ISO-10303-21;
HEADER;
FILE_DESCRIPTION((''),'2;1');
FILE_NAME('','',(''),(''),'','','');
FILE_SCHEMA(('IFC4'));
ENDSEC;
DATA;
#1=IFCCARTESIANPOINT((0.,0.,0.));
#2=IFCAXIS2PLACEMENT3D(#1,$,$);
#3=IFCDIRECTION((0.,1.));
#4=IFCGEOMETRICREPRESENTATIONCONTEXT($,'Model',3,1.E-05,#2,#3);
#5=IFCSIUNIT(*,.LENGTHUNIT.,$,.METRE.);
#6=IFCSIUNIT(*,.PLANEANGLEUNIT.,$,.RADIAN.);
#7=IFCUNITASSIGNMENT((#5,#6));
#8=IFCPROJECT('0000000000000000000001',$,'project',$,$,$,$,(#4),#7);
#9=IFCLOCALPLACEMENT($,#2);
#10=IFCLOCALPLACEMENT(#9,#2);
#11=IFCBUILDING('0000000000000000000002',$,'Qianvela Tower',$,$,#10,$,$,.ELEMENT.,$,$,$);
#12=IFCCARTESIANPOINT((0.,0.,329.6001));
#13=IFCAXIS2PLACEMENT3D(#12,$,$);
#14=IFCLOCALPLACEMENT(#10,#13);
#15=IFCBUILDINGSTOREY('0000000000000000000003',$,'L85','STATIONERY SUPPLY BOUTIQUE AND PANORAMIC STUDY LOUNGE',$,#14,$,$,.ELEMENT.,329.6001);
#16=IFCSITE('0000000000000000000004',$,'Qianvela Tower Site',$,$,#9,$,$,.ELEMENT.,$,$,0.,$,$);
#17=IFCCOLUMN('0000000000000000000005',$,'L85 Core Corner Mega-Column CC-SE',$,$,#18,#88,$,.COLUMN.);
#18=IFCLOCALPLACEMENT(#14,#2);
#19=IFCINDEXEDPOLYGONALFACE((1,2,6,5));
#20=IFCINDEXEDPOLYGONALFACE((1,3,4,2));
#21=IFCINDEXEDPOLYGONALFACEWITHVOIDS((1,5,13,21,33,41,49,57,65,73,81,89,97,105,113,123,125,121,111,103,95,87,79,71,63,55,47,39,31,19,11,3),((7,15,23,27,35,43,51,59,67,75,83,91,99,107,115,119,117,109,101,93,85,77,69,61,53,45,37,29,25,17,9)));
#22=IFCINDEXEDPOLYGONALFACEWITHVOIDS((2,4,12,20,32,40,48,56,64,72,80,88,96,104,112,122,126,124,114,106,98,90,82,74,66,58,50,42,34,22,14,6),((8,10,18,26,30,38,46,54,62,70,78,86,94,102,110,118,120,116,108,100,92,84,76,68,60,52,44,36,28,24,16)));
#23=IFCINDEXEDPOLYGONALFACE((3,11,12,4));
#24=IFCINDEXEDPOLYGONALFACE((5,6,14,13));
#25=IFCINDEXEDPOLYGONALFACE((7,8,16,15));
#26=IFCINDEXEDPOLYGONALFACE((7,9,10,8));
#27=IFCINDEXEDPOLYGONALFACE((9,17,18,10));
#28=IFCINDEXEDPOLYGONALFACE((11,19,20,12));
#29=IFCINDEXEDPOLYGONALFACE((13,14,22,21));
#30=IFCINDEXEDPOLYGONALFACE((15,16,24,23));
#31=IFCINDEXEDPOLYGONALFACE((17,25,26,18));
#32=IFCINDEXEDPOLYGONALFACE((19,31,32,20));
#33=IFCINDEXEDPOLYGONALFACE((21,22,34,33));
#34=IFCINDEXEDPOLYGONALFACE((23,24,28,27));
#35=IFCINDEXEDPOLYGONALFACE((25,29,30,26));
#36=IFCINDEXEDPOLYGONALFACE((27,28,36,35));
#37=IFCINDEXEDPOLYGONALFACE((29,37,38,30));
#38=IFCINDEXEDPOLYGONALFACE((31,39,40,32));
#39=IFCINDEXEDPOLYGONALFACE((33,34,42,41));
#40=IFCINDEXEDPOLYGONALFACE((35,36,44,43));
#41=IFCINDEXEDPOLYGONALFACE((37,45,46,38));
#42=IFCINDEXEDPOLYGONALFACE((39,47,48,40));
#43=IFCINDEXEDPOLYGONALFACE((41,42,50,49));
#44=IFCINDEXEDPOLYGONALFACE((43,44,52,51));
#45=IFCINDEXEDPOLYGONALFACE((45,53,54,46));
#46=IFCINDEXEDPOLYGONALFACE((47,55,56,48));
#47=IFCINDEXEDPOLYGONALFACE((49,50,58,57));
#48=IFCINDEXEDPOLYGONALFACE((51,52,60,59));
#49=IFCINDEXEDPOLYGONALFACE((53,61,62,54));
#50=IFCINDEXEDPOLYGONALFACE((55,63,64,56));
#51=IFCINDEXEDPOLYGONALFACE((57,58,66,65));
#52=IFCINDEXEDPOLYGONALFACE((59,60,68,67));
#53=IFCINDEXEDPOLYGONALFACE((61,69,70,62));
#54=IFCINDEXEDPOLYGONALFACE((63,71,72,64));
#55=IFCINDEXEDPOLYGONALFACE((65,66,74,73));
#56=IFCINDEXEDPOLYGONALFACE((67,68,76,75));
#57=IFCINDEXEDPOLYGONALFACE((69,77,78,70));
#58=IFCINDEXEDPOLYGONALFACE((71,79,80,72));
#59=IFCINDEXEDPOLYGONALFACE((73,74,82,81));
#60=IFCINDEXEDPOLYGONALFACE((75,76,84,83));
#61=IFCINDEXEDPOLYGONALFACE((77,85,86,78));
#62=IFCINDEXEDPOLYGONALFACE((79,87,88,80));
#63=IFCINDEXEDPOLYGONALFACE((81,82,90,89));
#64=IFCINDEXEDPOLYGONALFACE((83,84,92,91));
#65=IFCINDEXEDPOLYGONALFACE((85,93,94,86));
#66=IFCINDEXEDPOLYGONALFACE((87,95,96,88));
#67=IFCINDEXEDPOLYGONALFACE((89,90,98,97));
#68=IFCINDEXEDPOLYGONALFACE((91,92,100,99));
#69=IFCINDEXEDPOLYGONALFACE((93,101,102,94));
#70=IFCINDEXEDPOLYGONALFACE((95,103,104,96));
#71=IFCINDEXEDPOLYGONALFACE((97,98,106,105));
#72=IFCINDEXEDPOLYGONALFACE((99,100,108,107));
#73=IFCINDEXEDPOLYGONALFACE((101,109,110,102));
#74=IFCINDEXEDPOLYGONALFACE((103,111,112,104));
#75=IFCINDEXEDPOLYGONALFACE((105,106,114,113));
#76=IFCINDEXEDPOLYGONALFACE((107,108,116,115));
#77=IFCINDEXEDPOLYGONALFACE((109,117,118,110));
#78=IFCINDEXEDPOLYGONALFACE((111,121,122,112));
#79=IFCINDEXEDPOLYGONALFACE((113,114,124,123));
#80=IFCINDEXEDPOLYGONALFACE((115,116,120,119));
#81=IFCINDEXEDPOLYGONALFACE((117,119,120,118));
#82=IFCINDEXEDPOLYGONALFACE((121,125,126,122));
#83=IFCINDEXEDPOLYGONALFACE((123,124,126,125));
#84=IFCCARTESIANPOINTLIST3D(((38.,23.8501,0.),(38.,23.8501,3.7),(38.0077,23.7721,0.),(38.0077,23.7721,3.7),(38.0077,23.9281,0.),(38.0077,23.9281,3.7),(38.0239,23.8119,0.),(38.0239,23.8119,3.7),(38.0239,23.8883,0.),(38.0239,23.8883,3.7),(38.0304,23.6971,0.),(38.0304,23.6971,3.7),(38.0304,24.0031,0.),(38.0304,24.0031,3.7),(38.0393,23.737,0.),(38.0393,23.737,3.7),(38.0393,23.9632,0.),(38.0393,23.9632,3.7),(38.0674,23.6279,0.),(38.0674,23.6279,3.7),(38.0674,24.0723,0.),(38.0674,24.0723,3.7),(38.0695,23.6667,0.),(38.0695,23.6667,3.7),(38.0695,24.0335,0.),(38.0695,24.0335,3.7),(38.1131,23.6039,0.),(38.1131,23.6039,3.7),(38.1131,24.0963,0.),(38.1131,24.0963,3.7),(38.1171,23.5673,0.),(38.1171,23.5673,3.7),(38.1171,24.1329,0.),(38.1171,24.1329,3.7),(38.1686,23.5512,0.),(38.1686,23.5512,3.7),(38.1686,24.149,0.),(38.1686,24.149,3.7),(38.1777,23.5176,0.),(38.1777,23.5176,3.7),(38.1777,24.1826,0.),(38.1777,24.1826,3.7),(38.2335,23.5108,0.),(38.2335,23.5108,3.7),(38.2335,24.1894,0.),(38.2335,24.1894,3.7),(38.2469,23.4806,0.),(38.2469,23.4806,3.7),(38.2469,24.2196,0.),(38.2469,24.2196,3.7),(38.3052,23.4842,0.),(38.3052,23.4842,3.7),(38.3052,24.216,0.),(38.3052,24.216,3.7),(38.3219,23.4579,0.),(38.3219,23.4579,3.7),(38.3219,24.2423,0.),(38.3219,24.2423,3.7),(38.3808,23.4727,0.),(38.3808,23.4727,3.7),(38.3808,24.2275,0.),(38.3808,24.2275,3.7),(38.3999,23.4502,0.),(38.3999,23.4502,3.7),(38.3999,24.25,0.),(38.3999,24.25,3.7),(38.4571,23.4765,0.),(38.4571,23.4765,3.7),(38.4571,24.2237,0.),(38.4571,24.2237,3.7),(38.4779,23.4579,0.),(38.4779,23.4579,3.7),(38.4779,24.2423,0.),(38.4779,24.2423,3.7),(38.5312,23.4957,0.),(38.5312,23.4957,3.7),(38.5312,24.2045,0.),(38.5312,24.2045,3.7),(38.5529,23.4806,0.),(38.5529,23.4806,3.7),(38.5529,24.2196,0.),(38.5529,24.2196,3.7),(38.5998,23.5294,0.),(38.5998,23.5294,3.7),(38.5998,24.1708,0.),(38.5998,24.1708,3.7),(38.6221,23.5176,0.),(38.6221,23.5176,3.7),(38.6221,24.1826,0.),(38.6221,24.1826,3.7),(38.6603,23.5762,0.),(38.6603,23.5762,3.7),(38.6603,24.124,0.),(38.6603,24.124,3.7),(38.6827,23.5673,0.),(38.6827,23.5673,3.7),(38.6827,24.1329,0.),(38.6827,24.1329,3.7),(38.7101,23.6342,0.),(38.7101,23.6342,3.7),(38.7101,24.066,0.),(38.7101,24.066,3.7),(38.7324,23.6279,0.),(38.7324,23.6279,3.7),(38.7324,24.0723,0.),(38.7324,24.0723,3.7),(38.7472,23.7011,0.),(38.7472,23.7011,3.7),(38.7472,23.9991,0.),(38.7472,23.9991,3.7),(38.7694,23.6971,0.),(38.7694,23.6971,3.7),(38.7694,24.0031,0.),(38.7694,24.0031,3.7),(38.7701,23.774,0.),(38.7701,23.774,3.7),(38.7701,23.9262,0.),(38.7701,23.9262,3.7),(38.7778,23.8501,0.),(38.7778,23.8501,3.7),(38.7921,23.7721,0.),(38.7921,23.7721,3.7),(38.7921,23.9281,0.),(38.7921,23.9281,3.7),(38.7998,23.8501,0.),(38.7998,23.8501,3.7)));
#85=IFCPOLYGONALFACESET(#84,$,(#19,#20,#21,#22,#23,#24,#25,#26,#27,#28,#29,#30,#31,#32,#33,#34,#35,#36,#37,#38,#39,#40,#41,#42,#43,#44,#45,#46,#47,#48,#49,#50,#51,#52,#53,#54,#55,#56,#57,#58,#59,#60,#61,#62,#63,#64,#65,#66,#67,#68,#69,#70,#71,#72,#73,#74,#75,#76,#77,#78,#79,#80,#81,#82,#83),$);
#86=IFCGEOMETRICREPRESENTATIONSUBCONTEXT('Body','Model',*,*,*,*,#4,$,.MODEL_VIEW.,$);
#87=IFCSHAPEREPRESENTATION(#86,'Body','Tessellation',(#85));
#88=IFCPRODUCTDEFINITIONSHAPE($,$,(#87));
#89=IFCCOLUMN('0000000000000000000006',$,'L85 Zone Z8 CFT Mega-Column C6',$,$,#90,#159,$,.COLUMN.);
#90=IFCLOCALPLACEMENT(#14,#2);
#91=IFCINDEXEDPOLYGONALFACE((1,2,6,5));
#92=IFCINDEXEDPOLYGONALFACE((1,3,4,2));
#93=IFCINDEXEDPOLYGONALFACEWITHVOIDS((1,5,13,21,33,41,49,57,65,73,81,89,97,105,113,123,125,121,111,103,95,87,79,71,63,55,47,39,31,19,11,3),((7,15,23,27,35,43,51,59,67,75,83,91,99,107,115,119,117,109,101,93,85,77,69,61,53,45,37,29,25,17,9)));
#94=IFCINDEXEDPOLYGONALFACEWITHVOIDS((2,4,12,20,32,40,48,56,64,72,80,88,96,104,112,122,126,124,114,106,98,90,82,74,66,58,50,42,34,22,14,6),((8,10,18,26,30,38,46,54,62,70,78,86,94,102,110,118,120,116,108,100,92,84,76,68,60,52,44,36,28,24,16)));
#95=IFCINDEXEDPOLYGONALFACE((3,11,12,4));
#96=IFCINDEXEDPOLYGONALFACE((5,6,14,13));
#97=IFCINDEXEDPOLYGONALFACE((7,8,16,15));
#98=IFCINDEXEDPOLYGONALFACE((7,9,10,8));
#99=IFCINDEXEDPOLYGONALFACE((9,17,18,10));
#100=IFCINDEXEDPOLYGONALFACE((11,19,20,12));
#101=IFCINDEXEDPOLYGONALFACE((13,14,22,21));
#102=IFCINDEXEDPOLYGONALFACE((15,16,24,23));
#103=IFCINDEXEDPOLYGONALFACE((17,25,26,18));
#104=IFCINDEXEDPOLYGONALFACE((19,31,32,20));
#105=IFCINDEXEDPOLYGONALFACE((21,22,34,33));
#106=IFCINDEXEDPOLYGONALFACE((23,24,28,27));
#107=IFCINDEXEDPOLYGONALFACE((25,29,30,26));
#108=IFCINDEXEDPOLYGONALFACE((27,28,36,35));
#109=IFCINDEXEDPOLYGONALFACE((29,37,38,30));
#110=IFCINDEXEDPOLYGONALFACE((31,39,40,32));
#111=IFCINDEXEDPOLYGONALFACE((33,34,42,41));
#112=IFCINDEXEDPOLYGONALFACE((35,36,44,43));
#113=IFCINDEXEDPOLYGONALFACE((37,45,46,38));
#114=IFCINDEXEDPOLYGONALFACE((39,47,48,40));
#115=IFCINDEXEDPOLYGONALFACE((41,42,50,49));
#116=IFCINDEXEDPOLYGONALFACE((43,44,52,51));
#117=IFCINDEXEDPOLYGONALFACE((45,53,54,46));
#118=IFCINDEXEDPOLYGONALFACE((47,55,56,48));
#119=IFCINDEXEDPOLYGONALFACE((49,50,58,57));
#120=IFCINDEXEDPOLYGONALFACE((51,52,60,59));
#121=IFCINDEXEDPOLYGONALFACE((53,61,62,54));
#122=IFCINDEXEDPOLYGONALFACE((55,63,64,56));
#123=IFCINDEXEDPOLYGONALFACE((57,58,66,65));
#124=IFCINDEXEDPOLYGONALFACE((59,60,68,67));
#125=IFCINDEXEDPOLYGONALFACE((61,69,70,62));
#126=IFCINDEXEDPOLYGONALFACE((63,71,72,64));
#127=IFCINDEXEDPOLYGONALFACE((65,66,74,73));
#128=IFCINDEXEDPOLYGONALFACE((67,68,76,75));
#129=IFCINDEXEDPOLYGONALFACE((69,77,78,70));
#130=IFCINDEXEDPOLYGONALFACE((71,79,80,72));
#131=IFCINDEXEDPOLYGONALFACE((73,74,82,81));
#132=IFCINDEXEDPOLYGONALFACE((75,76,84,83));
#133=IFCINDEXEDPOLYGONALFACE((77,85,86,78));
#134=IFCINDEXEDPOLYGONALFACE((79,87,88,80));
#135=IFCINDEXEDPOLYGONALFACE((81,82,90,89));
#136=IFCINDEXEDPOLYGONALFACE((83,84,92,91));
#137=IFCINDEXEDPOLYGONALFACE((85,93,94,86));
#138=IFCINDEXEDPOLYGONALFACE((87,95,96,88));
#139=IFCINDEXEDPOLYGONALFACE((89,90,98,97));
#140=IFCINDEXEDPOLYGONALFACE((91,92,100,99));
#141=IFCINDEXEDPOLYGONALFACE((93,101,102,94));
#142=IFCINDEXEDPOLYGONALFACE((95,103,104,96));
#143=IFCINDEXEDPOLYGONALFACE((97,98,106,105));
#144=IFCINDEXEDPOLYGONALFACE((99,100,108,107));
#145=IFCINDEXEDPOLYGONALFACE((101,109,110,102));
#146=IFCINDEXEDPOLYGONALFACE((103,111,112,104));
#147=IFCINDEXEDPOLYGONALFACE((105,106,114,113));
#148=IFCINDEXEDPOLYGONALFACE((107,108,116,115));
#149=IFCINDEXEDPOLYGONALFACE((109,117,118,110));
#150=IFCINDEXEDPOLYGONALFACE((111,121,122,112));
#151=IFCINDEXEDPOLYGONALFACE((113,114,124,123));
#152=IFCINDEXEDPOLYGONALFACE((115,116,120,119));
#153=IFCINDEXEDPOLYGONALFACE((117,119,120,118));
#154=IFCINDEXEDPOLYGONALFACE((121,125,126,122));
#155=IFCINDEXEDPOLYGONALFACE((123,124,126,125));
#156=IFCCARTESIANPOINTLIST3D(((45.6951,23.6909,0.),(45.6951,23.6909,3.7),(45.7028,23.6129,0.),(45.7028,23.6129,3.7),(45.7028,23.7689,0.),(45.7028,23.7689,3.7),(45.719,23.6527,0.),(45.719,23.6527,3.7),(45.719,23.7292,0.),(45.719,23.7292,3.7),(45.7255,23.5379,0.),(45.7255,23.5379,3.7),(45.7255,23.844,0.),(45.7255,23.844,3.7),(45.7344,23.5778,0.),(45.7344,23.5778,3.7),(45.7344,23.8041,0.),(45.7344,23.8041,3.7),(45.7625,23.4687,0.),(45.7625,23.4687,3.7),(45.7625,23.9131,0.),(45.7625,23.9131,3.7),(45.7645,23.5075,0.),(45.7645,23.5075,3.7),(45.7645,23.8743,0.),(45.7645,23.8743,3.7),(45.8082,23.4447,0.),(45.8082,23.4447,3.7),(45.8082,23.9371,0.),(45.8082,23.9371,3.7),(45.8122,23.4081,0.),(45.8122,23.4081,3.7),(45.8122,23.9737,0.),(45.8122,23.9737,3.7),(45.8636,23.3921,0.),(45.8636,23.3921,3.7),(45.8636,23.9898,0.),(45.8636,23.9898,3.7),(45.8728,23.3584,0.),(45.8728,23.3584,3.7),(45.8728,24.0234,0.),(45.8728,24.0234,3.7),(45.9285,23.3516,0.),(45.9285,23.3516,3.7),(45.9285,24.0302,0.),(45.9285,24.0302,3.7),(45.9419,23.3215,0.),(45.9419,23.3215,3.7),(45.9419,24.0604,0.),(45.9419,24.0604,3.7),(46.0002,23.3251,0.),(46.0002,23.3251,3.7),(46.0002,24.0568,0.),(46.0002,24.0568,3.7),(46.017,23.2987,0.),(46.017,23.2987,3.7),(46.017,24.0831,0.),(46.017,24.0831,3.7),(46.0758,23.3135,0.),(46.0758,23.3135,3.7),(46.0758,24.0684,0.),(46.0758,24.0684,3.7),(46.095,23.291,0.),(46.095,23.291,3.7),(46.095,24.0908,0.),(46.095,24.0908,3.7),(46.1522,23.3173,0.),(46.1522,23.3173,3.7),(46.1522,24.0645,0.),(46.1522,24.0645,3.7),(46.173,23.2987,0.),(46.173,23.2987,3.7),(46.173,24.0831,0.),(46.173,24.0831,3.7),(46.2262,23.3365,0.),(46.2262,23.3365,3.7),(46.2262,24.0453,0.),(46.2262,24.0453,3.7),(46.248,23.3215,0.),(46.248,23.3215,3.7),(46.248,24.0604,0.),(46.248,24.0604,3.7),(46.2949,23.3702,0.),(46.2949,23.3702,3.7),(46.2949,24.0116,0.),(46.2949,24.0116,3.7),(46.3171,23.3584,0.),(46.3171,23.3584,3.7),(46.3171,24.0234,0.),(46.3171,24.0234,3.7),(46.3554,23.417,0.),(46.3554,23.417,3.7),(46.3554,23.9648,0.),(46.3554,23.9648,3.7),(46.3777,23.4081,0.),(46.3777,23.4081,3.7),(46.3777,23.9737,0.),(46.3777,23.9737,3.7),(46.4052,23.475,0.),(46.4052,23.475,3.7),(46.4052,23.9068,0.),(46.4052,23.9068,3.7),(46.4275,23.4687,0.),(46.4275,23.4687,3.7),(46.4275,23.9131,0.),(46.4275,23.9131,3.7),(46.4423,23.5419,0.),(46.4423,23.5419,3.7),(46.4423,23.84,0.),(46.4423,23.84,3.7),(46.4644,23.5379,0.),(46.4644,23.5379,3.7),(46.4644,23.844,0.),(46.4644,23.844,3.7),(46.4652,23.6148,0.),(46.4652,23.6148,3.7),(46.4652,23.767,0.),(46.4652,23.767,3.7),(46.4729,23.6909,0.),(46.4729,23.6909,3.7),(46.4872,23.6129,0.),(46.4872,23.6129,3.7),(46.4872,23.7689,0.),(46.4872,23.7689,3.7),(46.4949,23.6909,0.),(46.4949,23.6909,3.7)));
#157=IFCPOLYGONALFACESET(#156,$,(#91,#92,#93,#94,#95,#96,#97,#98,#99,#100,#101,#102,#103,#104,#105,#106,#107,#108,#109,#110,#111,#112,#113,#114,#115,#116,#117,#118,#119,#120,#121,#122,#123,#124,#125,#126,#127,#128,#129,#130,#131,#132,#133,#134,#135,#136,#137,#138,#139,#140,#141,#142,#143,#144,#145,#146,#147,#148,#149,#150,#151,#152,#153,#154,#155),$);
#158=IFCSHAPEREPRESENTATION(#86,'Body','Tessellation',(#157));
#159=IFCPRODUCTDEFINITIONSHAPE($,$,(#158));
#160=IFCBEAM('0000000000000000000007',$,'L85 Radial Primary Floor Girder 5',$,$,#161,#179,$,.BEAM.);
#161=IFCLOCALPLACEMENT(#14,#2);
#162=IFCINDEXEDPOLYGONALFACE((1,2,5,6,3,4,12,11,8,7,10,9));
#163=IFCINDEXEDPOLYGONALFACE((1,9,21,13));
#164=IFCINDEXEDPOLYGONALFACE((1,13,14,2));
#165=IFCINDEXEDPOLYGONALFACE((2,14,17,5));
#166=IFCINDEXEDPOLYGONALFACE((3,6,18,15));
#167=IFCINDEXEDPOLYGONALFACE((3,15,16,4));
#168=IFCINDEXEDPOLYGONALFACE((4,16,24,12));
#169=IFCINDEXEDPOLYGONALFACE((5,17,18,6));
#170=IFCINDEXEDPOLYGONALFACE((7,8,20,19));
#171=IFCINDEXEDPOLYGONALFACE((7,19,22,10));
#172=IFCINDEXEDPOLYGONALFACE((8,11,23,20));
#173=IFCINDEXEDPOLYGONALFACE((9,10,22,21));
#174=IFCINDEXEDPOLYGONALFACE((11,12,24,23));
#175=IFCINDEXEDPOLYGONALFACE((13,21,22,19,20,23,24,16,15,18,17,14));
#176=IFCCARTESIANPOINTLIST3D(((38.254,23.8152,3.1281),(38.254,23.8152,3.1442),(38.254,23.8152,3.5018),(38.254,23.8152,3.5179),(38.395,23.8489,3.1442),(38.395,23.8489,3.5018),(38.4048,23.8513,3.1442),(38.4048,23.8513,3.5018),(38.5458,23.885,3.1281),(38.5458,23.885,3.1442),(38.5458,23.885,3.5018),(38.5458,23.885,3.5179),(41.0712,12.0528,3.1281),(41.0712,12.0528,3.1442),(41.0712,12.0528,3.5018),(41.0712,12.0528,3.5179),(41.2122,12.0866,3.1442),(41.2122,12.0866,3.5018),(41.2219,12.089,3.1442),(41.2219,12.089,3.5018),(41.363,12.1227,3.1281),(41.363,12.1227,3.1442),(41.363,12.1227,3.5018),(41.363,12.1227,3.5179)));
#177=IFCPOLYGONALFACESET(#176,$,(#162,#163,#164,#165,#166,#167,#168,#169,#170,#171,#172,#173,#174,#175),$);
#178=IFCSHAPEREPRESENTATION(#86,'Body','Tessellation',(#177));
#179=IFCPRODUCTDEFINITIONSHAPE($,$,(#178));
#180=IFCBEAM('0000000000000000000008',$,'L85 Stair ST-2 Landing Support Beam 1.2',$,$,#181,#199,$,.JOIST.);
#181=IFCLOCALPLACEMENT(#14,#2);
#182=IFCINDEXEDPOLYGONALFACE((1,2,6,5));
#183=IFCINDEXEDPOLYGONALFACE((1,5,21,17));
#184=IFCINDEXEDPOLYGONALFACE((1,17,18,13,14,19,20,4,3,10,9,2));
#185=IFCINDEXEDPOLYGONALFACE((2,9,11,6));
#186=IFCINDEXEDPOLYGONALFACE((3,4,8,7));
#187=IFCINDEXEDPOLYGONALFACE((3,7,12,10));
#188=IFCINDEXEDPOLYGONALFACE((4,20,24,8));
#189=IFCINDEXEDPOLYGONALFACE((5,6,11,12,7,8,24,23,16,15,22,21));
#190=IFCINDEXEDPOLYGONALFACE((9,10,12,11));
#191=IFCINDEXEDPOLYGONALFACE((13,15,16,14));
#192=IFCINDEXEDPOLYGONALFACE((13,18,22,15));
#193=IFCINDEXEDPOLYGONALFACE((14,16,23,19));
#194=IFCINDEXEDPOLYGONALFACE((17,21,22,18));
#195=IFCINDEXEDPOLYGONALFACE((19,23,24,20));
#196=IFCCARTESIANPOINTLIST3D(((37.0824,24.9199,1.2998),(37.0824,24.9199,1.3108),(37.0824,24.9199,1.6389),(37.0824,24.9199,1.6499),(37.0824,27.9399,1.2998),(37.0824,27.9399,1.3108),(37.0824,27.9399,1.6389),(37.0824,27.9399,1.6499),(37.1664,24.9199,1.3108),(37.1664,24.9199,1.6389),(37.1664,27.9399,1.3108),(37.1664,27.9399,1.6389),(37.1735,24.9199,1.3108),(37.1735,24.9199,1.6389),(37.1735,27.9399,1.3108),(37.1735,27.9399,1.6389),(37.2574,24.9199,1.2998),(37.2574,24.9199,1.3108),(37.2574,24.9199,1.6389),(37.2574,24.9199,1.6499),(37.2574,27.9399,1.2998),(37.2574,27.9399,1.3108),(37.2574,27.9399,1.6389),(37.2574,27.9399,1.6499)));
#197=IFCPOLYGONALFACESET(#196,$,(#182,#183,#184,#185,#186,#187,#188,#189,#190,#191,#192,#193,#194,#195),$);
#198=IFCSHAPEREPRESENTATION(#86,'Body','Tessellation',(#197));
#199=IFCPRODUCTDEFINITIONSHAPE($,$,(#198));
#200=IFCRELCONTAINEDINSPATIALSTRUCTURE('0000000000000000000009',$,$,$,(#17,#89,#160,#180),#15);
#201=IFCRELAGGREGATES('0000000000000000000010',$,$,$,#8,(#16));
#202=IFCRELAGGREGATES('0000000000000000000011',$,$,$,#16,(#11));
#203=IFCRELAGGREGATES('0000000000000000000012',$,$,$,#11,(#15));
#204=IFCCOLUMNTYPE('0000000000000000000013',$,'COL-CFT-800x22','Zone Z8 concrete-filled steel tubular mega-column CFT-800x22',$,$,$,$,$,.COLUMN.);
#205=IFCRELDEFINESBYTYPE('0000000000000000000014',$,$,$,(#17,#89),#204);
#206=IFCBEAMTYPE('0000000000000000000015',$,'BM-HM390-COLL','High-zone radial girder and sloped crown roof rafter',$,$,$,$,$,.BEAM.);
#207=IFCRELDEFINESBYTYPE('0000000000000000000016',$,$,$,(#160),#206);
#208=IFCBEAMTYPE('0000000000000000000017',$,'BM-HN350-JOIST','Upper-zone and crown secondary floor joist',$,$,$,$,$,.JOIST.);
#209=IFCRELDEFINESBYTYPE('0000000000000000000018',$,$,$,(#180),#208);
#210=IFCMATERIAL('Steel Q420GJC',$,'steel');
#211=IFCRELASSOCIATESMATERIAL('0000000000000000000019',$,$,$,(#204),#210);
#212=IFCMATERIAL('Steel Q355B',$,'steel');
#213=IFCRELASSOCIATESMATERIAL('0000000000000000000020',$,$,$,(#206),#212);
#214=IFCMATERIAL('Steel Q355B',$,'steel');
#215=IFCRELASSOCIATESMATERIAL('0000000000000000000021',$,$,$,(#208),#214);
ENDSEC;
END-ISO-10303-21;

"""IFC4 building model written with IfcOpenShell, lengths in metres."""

from ifc_helpers import new_model, si_unit, direction, frame, origin, origin_2d, place, context, subcontext, project, spatial, hollow_circle, i_section, extrude, material, material_profile, profile_set, type_object, element, save


model = new_model("IFC4")

# Units and contexts
model_context = context("Model", 3, precision=1e-05, world=origin(), true_north=direction((0.0, 1.0)))
body_context = subcontext(model_context, "Body", "Model", "MODEL_VIEW")
ifc_project = project(units=[si_unit("LENGTHUNIT", "METRE"), si_unit("PLANEANGLEUNIT", "RADIAN")], contexts=[model_context])

# Site, building, storey
site_placement = place(None, origin())
site = spatial("IfcSite", under=ifc_project, at=site_placement, Name="Qianvela Tower Site", CompositionType="ELEMENT", RefElevation=0.0)
building_placement = place(site_placement, origin())
building = spatial("IfcBuilding", under=site, at=building_placement, Name="Qianvela Tower", CompositionType="ELEMENT")
storey_placement = place(building_placement, frame((0.0, 0.0, 329.6001)))
storey = spatial("IfcBuildingStorey", under=building, at=storey_placement, Name="L85", Description="STATIONERY SUPPLY BOUTIQUE AND PANORAMIC STUDY LOUNGE", CompositionType="ELEMENT", Elevation=329.6001)

# Columns
ifc_material_1 = material(Name="Steel Q420GJC", Category="steel")
ifc_material_profile_1 = material_profile(ifc_material_1, hollow_circle(Radius=0.3999, WallThickness=0.022, at=origin_2d()), Name="CFT-800x22")
ifc_profile_set_1 = profile_set([ifc_material_profile_1], Name="Steel Q420GJC")
column_type = type_object("IfcColumnType", Name="COL-CFT-800x22", Description="Zone Z8 concrete-filled steel tubular mega-column CFT-800x22", PredefinedType="COLUMN", material=ifc_profile_set_1)
for number, where, z_axis, x_axis, name in (
    (1, (38.3999, 23.8501, 0.0), (0.0, 0.0, 1.0), (1.0, 0.0, 0.0), "L85 Core Corner Mega-Column CC-SE"),
    (2, (46.095, 23.6909, 0.0), (0.0, 0.0, 1.0), (1.0, 0.0, 0.0), "L85 Zone Z8 CFT Mega-Column C6"),
):
    element("IfcColumn", number, at=place(storey_placement, frame(where, z_axis=z_axis, x_axis=x_axis)), inside=storey, type_object=column_type, Name=name, PredefinedType="COLUMN", context=body_context, shape_type="SweptSolid", body=[
        extrude(hollow_circle(Radius=0.3999, WallThickness=0.022, at=origin_2d()), origin(), (0.0, 0.0, 1.0), 3.7),
    ])

# Beams
ifc_material_2 = material(Name="Steel Q355B", Category="steel")
ifc_material_profile_2 = material_profile(ifc_material_2, i_section(OverallWidth=0.3, OverallDepth=0.3899, WebThickness=0.01, FlangeThickness=0.0161, at=origin_2d()), Name="HM390x300x10x16")
ifc_profile_set_2 = profile_set([ifc_material_profile_2], Name="Steel Q355B")
beam_type_1 = type_object("IfcBeamType", Name="BM-HM390-COLL", Description="High-zone radial girder and sloped crown roof rafter", PredefinedType="BEAM", material=ifc_profile_set_2)
beam_1_placement = place(storey_placement, frame((38.3999, 23.8501, 3.323), z_axis=(0.23292, -0.972496, 0.0), x_axis=(0.972496, 0.23292, 0.0)))
element("IfcBeam", 3, at=beam_1_placement, inside=storey, type_object=beam_type_1, Name="L85 Radial Primary Floor Girder 5", PredefinedType="BEAM", context=body_context, shape_type="SweptSolid", body=[
    extrude(i_section(OverallWidth=0.3, OverallDepth=0.3899, WebThickness=0.01, FlangeThickness=0.0161, at=origin_2d()), origin(), (0.0, 0.0, 1.0), 12.095),
])
ifc_material_3 = material(Name="Steel Q355B", Category="steel")
ifc_material_profile_3 = material_profile(ifc_material_3, i_section(OverallWidth=0.175, OverallDepth=0.3501, WebThickness=0.0071, FlangeThickness=0.011, at=origin_2d()), Name="HN350x175x7x11")
ifc_profile_set_3 = profile_set([ifc_material_profile_3], Name="Steel Q355B")
beam_type_2 = type_object("IfcBeamType", Name="BM-HN350-JOIST", Description="Upper-zone and crown secondary floor joist", PredefinedType="JOIST", material=ifc_profile_set_3)
beam_2_placement = place(storey_placement, frame((37.1699, 24.9199, 1.4749), z_axis=(0.0, 1.0, 0.0), x_axis=(-1.0, 0.0, 0.0)))
element("IfcBeam", 4, at=beam_2_placement, inside=storey, type_object=beam_type_2, Name="L85 Stair ST-2 Landing Support Beam 1.2", PredefinedType="JOIST", context=body_context, shape_type="SweptSolid", body=[
    extrude(i_section(OverallWidth=0.175, OverallDepth=0.3501, WebThickness=0.0071, FlangeThickness=0.011, at=origin_2d()), origin(), (0.0, 0.0, 1.0), 3.02),
])

save(model, "model.ifc")
